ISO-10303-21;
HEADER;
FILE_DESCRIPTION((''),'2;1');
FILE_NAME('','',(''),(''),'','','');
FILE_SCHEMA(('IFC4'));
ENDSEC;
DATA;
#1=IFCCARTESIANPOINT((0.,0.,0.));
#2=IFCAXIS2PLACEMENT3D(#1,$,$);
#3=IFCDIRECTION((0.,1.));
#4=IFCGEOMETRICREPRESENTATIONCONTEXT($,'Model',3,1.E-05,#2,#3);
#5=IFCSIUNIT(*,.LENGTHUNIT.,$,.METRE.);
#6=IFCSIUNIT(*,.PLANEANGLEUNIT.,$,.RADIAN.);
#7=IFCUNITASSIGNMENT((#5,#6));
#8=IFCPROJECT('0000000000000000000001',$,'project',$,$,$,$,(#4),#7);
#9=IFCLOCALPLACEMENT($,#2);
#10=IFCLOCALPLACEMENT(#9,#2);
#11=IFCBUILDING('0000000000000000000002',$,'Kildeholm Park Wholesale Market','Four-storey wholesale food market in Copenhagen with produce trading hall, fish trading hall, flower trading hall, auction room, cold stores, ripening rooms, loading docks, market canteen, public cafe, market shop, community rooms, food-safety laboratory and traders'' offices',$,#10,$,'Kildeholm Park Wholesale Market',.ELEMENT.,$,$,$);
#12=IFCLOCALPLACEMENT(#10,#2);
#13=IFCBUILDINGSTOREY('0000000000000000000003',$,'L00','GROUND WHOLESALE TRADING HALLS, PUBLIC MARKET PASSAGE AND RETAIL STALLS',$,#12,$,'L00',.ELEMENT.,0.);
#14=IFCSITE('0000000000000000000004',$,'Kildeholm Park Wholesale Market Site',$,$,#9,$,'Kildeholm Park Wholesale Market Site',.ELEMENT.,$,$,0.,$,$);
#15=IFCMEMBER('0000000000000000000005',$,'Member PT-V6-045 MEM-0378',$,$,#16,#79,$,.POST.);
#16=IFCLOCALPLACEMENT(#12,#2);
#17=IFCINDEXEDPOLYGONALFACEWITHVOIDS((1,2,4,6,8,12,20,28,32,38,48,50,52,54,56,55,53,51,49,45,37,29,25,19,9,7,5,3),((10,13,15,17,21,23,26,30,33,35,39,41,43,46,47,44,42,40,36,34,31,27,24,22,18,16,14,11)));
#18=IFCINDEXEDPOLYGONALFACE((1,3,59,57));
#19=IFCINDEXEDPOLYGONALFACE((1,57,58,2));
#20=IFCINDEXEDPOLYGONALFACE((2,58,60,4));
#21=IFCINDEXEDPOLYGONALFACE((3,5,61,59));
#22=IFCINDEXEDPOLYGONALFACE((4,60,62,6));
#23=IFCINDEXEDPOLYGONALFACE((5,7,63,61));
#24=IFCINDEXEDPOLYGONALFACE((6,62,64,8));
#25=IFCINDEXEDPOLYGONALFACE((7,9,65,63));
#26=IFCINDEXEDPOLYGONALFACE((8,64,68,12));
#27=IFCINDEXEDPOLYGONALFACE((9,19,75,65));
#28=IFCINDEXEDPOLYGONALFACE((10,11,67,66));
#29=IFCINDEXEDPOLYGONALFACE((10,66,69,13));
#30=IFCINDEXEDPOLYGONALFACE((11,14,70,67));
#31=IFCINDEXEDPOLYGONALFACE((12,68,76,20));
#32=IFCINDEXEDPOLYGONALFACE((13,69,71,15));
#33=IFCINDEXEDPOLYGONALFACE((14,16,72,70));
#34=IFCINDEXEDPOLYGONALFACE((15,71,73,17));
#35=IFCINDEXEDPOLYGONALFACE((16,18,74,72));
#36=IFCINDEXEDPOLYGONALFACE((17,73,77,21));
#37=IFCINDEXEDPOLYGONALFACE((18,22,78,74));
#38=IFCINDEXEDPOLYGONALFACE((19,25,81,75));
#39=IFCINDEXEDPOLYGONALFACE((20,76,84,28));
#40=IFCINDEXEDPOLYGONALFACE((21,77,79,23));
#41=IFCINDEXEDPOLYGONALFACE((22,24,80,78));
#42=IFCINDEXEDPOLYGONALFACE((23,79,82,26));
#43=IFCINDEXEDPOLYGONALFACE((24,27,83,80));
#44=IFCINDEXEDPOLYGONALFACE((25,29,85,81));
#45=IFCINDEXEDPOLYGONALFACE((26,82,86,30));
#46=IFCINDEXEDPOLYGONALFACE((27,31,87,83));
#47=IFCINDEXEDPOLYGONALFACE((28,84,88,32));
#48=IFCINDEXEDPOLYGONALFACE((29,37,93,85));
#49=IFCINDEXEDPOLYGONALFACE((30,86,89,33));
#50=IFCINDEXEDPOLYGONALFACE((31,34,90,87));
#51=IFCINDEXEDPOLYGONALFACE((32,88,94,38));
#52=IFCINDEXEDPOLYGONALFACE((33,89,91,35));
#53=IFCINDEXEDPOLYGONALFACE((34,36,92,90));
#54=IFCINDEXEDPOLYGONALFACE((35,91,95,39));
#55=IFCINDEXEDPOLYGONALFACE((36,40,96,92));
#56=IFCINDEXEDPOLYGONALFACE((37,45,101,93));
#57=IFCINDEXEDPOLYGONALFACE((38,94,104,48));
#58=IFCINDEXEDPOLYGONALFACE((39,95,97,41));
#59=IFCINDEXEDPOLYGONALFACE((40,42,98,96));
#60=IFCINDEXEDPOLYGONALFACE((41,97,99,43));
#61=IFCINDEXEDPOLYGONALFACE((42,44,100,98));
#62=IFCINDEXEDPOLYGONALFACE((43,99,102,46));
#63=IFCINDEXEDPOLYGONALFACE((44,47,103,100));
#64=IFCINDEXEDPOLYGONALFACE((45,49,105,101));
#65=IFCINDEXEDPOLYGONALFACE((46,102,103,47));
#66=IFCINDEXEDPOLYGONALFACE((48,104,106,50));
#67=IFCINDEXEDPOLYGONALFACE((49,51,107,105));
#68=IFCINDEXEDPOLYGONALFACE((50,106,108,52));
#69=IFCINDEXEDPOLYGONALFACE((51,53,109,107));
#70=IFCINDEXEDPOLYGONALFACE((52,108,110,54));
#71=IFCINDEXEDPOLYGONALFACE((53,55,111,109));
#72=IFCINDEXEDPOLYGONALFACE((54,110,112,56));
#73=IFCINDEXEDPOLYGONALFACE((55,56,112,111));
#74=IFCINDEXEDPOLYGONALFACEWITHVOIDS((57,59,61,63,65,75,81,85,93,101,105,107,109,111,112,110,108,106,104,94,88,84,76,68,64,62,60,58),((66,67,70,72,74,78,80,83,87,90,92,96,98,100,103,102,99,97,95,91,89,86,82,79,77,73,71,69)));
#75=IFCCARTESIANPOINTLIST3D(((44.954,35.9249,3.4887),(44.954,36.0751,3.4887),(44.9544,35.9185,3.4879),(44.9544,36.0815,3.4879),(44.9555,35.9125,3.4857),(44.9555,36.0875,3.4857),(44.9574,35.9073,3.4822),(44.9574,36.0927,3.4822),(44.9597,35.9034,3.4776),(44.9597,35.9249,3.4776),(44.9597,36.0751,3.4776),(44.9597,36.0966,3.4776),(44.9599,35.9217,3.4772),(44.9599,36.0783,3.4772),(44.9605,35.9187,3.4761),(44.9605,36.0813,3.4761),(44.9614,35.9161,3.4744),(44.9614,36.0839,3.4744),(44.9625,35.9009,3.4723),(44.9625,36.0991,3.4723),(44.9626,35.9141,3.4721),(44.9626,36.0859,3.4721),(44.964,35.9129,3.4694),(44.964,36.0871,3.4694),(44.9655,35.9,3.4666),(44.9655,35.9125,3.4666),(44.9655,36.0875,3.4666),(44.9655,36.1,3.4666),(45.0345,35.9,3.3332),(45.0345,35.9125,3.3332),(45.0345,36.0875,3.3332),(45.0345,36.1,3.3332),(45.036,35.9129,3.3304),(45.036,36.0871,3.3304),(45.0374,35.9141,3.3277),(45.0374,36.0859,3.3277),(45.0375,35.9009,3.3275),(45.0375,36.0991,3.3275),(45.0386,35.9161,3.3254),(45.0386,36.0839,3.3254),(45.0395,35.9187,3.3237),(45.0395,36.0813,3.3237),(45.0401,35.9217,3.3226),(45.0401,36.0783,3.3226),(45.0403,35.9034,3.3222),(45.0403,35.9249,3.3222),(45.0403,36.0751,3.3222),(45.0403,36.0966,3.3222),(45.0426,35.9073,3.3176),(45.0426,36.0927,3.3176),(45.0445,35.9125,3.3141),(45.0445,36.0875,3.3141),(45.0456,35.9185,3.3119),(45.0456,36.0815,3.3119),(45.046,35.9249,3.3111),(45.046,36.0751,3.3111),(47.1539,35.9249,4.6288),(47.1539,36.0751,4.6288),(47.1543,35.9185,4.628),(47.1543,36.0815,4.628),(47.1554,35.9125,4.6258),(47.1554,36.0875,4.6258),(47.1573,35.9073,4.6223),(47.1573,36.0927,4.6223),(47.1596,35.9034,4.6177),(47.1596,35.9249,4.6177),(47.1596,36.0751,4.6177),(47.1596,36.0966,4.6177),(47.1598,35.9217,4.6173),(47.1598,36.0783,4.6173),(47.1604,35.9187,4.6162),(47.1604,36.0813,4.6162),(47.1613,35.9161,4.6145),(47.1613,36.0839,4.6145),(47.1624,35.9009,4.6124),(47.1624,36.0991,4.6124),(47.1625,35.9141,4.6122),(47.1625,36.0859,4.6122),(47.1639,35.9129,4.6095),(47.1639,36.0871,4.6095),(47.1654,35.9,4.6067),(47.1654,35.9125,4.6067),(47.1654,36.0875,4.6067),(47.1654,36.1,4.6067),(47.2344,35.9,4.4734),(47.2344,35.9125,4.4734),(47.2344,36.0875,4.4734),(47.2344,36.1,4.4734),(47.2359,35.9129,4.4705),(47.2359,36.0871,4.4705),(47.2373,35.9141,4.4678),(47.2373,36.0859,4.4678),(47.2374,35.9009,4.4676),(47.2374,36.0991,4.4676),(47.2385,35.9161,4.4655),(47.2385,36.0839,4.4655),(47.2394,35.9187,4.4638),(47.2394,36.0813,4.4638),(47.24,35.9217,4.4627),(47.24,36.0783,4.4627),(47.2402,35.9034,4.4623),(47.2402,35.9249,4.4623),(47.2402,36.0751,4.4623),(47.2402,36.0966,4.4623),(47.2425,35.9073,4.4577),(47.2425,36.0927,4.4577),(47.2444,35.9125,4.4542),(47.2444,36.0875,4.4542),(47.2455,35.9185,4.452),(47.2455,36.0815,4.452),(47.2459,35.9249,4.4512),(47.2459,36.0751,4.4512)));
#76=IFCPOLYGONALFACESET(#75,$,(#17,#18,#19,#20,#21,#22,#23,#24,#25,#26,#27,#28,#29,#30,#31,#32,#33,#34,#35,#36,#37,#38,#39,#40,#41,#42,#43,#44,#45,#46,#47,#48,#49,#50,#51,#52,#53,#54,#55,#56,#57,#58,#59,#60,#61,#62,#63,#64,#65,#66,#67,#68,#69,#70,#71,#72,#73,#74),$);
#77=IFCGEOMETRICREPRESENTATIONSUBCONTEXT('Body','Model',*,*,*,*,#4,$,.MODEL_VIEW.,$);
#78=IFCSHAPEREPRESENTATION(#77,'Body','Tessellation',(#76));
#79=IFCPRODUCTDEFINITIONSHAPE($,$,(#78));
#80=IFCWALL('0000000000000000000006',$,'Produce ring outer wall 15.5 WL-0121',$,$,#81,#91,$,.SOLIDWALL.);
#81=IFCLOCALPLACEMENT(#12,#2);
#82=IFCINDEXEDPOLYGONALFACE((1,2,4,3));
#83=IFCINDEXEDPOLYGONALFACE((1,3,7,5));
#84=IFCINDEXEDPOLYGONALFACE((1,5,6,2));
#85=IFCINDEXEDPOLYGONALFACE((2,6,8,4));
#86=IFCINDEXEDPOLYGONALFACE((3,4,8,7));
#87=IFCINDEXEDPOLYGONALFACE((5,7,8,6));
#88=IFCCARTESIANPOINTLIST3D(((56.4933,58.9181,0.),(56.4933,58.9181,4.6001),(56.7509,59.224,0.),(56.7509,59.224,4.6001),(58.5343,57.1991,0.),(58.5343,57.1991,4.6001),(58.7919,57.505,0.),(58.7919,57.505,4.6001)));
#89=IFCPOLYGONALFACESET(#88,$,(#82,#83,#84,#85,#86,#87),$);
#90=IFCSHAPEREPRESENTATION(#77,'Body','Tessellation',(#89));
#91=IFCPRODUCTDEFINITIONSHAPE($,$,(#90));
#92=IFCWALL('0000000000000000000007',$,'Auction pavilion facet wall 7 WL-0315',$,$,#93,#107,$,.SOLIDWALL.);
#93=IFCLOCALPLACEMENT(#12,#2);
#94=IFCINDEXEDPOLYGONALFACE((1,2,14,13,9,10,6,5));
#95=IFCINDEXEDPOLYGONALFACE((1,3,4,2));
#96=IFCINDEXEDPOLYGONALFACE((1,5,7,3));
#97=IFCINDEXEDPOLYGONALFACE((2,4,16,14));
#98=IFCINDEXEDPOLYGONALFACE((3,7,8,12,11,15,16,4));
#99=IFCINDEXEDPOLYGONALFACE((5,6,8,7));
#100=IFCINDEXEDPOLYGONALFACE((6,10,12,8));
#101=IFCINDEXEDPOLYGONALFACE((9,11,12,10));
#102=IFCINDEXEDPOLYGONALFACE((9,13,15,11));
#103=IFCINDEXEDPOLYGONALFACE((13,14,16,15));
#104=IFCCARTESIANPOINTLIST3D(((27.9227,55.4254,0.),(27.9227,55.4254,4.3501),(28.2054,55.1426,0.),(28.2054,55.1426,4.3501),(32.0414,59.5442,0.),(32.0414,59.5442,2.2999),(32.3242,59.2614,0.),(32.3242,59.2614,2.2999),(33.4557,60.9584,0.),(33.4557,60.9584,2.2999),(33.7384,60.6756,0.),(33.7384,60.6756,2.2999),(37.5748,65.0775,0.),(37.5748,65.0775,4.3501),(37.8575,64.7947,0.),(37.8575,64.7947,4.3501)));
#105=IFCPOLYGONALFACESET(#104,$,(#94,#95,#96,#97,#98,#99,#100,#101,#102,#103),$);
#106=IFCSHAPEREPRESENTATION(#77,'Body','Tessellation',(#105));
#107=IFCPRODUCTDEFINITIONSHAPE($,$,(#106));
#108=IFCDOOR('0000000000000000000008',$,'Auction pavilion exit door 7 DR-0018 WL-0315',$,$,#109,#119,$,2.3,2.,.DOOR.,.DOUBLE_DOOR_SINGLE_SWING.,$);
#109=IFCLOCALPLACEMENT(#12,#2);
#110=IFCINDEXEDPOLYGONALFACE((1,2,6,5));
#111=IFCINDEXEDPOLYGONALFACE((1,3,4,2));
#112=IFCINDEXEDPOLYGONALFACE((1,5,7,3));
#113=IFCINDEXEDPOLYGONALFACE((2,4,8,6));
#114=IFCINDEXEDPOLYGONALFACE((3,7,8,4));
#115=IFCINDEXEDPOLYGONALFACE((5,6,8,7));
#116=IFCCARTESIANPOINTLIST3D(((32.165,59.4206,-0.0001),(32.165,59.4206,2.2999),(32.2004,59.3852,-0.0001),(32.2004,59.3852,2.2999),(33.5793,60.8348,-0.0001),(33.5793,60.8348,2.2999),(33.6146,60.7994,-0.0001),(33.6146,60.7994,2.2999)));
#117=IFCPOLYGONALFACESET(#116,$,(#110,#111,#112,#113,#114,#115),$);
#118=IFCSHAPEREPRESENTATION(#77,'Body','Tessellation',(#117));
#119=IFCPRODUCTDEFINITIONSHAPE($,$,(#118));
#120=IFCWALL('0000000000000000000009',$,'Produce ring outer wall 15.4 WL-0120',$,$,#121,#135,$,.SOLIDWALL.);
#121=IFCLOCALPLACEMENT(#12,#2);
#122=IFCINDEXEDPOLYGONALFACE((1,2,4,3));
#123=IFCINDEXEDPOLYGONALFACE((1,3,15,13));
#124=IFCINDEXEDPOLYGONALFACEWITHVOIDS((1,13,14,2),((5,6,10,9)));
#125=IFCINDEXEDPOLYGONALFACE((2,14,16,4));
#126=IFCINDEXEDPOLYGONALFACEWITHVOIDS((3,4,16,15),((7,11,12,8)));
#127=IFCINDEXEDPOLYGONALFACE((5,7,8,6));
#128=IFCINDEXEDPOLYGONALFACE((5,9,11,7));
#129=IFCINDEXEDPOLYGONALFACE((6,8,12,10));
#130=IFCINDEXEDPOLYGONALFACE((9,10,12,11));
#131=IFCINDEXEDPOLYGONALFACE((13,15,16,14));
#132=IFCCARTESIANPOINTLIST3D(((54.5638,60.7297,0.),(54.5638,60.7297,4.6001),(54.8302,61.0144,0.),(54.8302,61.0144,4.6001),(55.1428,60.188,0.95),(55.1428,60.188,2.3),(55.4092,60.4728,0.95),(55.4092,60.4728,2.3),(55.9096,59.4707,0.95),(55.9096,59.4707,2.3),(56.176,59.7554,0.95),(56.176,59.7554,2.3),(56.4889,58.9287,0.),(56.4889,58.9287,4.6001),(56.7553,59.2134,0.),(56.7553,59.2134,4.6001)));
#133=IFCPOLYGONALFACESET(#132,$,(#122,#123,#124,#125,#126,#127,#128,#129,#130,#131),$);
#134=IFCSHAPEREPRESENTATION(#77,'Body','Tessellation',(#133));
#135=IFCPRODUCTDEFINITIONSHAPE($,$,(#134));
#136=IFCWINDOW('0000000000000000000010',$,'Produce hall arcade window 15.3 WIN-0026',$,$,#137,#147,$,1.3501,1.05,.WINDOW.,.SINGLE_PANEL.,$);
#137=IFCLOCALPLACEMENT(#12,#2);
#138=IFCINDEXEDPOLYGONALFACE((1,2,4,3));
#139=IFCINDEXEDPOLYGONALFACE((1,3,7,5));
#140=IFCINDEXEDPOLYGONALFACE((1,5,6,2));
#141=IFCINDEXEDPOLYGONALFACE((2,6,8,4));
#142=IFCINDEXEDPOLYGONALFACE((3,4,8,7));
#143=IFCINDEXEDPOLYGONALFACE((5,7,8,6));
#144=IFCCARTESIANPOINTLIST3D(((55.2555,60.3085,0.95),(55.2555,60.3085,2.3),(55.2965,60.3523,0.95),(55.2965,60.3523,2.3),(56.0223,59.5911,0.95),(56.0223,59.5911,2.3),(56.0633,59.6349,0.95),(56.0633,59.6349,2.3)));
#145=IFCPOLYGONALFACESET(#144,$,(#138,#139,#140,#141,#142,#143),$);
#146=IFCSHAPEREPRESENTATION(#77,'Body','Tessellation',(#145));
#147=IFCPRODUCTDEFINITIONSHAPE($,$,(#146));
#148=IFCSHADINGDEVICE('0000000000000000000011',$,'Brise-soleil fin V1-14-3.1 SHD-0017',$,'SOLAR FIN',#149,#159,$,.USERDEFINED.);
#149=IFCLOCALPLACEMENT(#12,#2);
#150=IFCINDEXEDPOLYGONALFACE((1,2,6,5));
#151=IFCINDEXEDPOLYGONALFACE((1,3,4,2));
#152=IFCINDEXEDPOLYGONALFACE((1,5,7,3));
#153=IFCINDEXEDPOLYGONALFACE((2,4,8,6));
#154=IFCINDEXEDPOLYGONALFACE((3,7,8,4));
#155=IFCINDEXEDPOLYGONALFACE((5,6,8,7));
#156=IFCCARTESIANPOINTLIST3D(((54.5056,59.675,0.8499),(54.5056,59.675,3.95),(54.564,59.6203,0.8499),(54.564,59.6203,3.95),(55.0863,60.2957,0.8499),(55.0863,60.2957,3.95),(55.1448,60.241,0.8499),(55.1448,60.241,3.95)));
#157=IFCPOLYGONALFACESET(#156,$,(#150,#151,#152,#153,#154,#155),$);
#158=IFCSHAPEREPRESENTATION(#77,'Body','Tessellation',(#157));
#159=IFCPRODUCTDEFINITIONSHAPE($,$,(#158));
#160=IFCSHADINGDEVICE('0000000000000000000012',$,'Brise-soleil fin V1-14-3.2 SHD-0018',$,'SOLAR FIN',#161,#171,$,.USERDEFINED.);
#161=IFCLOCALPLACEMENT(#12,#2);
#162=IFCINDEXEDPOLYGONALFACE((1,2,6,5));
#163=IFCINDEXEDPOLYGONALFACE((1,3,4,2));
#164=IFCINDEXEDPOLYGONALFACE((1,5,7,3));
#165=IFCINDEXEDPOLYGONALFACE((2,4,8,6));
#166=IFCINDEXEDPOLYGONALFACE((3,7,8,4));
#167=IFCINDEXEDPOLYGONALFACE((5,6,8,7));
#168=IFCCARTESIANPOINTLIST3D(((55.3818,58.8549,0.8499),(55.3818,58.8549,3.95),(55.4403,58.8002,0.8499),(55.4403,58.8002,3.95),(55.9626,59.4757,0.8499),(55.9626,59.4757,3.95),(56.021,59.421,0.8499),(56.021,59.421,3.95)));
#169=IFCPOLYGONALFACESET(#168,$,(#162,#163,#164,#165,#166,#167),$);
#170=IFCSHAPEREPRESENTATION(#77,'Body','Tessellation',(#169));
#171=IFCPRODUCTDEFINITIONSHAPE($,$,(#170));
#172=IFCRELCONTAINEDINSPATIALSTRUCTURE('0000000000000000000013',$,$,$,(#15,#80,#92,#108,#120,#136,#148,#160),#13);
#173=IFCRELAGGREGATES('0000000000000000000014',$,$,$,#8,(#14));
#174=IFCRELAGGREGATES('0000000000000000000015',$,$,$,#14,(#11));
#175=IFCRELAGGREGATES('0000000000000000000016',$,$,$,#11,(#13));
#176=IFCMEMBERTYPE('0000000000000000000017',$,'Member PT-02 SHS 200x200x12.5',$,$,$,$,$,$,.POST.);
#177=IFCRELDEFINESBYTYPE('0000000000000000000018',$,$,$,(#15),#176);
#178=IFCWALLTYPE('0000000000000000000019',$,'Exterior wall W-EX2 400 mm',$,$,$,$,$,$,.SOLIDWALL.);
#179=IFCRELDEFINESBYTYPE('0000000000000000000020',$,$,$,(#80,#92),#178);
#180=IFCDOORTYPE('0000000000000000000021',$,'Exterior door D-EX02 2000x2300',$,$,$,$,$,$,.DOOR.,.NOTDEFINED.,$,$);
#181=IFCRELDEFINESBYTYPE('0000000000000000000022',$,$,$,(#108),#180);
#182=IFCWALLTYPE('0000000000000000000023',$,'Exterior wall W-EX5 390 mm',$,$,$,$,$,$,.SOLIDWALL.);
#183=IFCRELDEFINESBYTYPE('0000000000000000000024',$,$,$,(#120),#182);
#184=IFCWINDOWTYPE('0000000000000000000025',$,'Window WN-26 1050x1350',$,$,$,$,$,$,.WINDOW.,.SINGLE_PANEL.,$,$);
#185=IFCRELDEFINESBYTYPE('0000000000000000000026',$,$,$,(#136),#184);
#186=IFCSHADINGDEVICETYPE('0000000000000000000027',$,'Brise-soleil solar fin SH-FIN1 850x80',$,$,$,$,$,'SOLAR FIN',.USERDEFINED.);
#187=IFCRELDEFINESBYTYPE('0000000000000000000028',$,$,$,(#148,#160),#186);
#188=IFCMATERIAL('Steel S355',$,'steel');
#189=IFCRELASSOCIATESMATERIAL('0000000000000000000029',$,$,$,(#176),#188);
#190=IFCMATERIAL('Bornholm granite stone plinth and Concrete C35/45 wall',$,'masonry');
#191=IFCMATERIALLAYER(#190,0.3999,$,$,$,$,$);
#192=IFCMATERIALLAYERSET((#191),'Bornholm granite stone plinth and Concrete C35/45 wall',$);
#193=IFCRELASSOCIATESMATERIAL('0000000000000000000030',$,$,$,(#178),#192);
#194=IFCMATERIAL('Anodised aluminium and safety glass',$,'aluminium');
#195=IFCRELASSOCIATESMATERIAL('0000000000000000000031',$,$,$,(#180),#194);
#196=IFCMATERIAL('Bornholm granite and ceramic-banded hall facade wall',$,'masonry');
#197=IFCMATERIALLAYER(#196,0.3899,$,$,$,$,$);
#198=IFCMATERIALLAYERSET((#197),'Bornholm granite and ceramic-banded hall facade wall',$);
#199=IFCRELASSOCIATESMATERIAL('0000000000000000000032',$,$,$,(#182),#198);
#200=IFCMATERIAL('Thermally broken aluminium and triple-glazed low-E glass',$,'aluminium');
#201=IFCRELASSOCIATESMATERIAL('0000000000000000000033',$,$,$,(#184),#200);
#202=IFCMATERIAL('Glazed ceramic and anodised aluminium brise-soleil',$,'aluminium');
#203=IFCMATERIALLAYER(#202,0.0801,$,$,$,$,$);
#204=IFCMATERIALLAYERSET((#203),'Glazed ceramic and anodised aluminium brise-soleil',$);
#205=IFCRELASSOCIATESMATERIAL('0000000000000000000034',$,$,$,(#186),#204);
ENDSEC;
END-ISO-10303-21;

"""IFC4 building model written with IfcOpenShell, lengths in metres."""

from ifc_helpers import new_model, si_unit, direction, frame, frame_2d, origin, origin_2d, place, context, subcontext, project, spatial, rectangle, hollow_rectangle, extrude, material, layer, layer_set, material_profile, profile_set, type_object, element, fill, save


model = new_model("IFC4")

# Units and contexts
model_context = context("Model", 3, precision=1e-05, world=origin(), true_north=direction((0.0, 1.0)))
body_context = subcontext(model_context, "Body", "Model", "MODEL_VIEW")
ifc_project = project(units=[si_unit("LENGTHUNIT", "METRE"), si_unit("PLANEANGLEUNIT", "RADIAN")], contexts=[model_context])

# Site, building, storey
site_placement = place(None, origin())
site = spatial("IfcSite", under=ifc_project, at=site_placement, Name="Kildeholm Park Wholesale Market Site", LongName="Kildeholm Park Wholesale Market Site", CompositionType="ELEMENT", RefElevation=0.0)
building_placement = place(site_placement, origin())
building = spatial("IfcBuilding", under=site, at=building_placement, Name="Kildeholm Park Wholesale Market", Description="Four-storey wholesale food market in Copenhagen with produce trading hall, fish trading hall, flower trading hall, auction room, cold stores, ripening rooms, loading docks, market canteen, public cafe, market shop, community rooms, food-safety laboratory and traders' offices", LongName="Kildeholm Park Wholesale Market", CompositionType="ELEMENT")
storey_placement = place(building_placement, origin())
storey = spatial("IfcBuildingStorey", under=building, at=storey_placement, Name="L00", Description="GROUND WHOLESALE TRADING HALLS, PUBLIC MARKET PASSAGE AND RETAIL STALLS", LongName="L00", CompositionType="ELEMENT", Elevation=0.0)

# Shared definitions
ifc_material_1 = material(Name="Steel S355", Category="steel")

# Member
ifc_material_profile_1 = material_profile(ifc_material_1, hollow_rectangle(XDim=0.2, YDim=0.2, WallThickness=0.0125, InnerFilletRadius=0.0125, OuterFilletRadius=0.0249, at=origin_2d()), Name="SHS 200x200x12.5")
ifc_profile_set_1 = profile_set([ifc_material_profile_1], Name="Steel S355")
member_type_1 = type_object("IfcMemberType", Name="Member PT-02 SHS 200x200x12.5", PredefinedType="POST", material=ifc_profile_set_1)
for number, where, z_axis, x_axis, name in (
    (1, (45.0, 36.0, 3.3999), (0.88785, 0.0, 0.460133), (0.0, 1.0, 0.0), "Member PT-V6-045 MEM-0378"),
):
    element("IfcMember", number, at=place(storey_placement, frame(where, z_axis=z_axis, x_axis=x_axis)), inside=storey, type_object=member_type_1, Name=name, PredefinedType="POST", context=body_context, shape_type="SweptSolid", body=[
        extrude(hollow_rectangle(XDim=0.2, YDim=0.2, WallThickness=0.0125, InnerFilletRadius=0.0125, OuterFilletRadius=0.0249, at=origin_2d()), origin(), (0.0, 0.0, 1.0), 2.4778),
    ])

# Wall
ifc_material_2 = material(Name="Bornholm granite stone plinth and Concrete C35/45 wall", Category="masonry")
ifc_layer_1 = layer(ifc_material_2, 0.3999)
ifc_layer_set_1 = layer_set([ifc_layer_1], Name="Bornholm granite stone plinth and Concrete C35/45 wall")
wall_type_1 = type_object("IfcWallType", Name="Exterior wall W-EX2 400 mm", PredefinedType="SOLIDWALL", material=ifc_layer_set_1)
wall_1_placement = place(storey_placement, frame((56.6221, 59.071, 0.0), z_axis=(0.0, 0.0, 1.0), x_axis=(0.764866, -0.644189, 0.0)))
element("IfcWall", 2, at=wall_1_placement, inside=storey, type_object=wall_type_1, Name="Produce ring outer wall 15.5 WL-0121", PredefinedType="SOLIDWALL", context=body_context, shape_type="SweptSolid", body=[
    extrude(rectangle(XDim=2.6685, YDim=0.3999, at=frame_2d((1.3342, 0.0))), origin(), (0.0, 0.0, 1.0), 4.6001),
])

# Wall, opening, door
wall_2_placement = place(storey_placement, frame((28.064, 55.2839, 0.0), z_axis=(0.0, 0.0, 1.0), x_axis=(0.707107, 0.707107, 0.0)))
wall_2 = element("IfcWall", 3, at=wall_2_placement, inside=storey, type_object=wall_type_1, Name="Auction pavilion facet wall 7 WL-0315", PredefinedType="SOLIDWALL", context=body_context, shape_type="SweptSolid", body=[
    extrude(rectangle(XDim=13.6501, YDim=0.3999, at=frame_2d((6.8252, 0.0))), origin(), (0.0, 0.0, 1.0), 4.3501),
])
opening_1_placement = place(wall_2_placement, frame((5.825, 0.0, 0.0)))
opening_1 = element("IfcOpeningElement", 4, at=opening_1_placement, cuts=wall_2, PredefinedType="OPENING", context=body_context, shape_type="SweptSolid", body=[
    extrude(rectangle(XDim=2.0, YDim=2.3, at=frame_2d((1.0, 1.1499))), frame((0.0, 0.21, 0.0), z_axis=(0.0, -1.0, 0.0), x_axis=(1.0, 0.0, 0.0)), (0.0, 0.0, 1.0), 0.4199),
])
ifc_material_3 = material(Name="Anodised aluminium and safety glass", Category="aluminium")
door_type = type_object("IfcDoorType", Name="Exterior door D-EX02 2000x2300", OperationType="NOTDEFINED", PredefinedType="DOOR", material=ifc_material_3)
door_placement = place(opening_1_placement, frame((2.0, 0.0, 0.0), z_axis=(0.0, 0.0, 1.0), x_axis=(-1.0, 0.0, 0.0)))
door = element("IfcDoor", 5, at=door_placement, inside=storey, type_object=door_type, Name="Auction pavilion exit door 7 DR-0018 WL-0315", OperationType="DOUBLE_DOOR_SINGLE_SWING", OverallHeight=2.3, OverallWidth=2.0, PredefinedType="DOOR", context=body_context, shape_type="SweptSolid", body=[
    extrude(rectangle(XDim=2.0, YDim=2.3, at=frame_2d((1.0, 1.1499))), frame((0.0, 0.0249, 0.0), z_axis=(0.0, -1.0, 0.0), x_axis=(1.0, 0.0, 0.0)), (0.0, 0.0, 1.0), 0.05),
])
fill(opening_1, door)

# Wall, opening, window
ifc_material_4 = material(Name="Bornholm granite and ceramic-banded hall facade wall", Category="masonry")
ifc_layer_2 = layer(ifc_material_4, 0.3899)
ifc_layer_set_2 = layer_set([ifc_layer_2], Name="Bornholm granite and ceramic-banded hall facade wall")
wall_type_2 = type_object("IfcWallType", Name="Exterior wall W-EX5 390 mm", PredefinedType="SOLIDWALL", material=ifc_layer_set_2)
wall_3_placement = place(storey_placement, frame((54.697, 60.8721, 0.0), z_axis=(0.0, 0.0, 1.0), x_axis=(0.730239, -0.683192, 0.0)))
wall_3 = element("IfcWall", 6, at=wall_3_placement, inside=storey, type_object=wall_type_2, Name="Produce ring outer wall 15.4 WL-0120", PredefinedType="SOLIDWALL", context=body_context, shape_type="SweptSolid", body=[
    extrude(rectangle(XDim=2.6362, YDim=0.3899, at=frame_2d((1.3181, 0.0))), origin(), (0.0, 0.0, 1.0), 4.6001),
])
opening_2_placement = place(wall_3_placement, frame((0.793, 0.0, 0.95)))
opening_2 = element("IfcOpeningElement", 7, at=opening_2_placement, cuts=wall_3, PredefinedType="OPENING", context=body_context, shape_type="SweptSolid", body=[
    extrude(rectangle(XDim=1.05, YDim=1.3501, at=frame_2d((0.5249, 0.675))), frame((0.0, 0.2048, 0.0), z_axis=(0.0, -1.0, 0.0), x_axis=(1.0, 0.0, 0.0)), (0.0, 0.0, 1.0), 0.4099),
])
ifc_material_5 = material(Name="Thermally broken aluminium and triple-glazed low-E glass", Category="aluminium")
window_type = type_object("IfcWindowType", Name="Window WN-26 1050x1350", PartitioningType="SINGLE_PANEL", PredefinedType="WINDOW", material=ifc_material_5)
window_placement = place(opening_2_placement, origin())
window = element("IfcWindow", 8, at=window_placement, inside=storey, type_object=window_type, Name="Produce hall arcade window 15.3 WIN-0026", OverallHeight=1.3501, OverallWidth=1.05, PartitioningType="SINGLE_PANEL", PredefinedType="WINDOW", context=body_context, shape_type="SweptSolid", body=[
    extrude(rectangle(XDim=1.05, YDim=1.3501, at=frame_2d((0.5249, 0.675))), frame((0.0, 0.03, 0.0), z_axis=(0.0, -1.0, 0.0), x_axis=(1.0, 0.0, 0.0)), (0.0, 0.0, 1.0), 0.0601),
])
fill(opening_2, window)

# Shading devices
ifc_material_6 = material(Name="Glazed ceramic and anodised aluminium brise-soleil", Category="aluminium")
ifc_layer_3 = layer(ifc_material_6, 0.0801)
ifc_layer_set_3 = layer_set([ifc_layer_3], Name="Glazed ceramic and anodised aluminium brise-soleil")
shading_device_type = type_object("IfcShadingDeviceType", Name="Brise-soleil solar fin SH-FIN1 850x80", ElementType="SOLAR FIN", PredefinedType="USERDEFINED", material=ifc_layer_set_3)
for number, where, z_axis, x_axis, name in (
    (9, (54.8252, 59.958, 0.8499), (0.0, 0.0, 1.0), (-0.683197, -0.730234, 0.0), "Brise-soleil fin V1-14-3.1 SHD-0017"),
    (10, (55.7014, 59.1379, 0.8499), (0.0, 0.0, 1.0), (-0.683197, -0.730234, 0.0), "Brise-soleil fin V1-14-3.2 SHD-0018"),
):
    element("IfcShadingDevice", number, at=place(storey_placement, frame(where, z_axis=z_axis, x_axis=x_axis)), inside=storey, type_object=shading_device_type, Name=name, ObjectType="SOLAR FIN", PredefinedType="USERDEFINED", context=body_context, shape_type="SweptSolid", body=[
        extrude(rectangle(XDim=0.8501, YDim=0.0801, at=origin_2d()), origin(), (0.0, 0.0, 1.0), 3.1001),
    ])

save(model, "model.ifc")
